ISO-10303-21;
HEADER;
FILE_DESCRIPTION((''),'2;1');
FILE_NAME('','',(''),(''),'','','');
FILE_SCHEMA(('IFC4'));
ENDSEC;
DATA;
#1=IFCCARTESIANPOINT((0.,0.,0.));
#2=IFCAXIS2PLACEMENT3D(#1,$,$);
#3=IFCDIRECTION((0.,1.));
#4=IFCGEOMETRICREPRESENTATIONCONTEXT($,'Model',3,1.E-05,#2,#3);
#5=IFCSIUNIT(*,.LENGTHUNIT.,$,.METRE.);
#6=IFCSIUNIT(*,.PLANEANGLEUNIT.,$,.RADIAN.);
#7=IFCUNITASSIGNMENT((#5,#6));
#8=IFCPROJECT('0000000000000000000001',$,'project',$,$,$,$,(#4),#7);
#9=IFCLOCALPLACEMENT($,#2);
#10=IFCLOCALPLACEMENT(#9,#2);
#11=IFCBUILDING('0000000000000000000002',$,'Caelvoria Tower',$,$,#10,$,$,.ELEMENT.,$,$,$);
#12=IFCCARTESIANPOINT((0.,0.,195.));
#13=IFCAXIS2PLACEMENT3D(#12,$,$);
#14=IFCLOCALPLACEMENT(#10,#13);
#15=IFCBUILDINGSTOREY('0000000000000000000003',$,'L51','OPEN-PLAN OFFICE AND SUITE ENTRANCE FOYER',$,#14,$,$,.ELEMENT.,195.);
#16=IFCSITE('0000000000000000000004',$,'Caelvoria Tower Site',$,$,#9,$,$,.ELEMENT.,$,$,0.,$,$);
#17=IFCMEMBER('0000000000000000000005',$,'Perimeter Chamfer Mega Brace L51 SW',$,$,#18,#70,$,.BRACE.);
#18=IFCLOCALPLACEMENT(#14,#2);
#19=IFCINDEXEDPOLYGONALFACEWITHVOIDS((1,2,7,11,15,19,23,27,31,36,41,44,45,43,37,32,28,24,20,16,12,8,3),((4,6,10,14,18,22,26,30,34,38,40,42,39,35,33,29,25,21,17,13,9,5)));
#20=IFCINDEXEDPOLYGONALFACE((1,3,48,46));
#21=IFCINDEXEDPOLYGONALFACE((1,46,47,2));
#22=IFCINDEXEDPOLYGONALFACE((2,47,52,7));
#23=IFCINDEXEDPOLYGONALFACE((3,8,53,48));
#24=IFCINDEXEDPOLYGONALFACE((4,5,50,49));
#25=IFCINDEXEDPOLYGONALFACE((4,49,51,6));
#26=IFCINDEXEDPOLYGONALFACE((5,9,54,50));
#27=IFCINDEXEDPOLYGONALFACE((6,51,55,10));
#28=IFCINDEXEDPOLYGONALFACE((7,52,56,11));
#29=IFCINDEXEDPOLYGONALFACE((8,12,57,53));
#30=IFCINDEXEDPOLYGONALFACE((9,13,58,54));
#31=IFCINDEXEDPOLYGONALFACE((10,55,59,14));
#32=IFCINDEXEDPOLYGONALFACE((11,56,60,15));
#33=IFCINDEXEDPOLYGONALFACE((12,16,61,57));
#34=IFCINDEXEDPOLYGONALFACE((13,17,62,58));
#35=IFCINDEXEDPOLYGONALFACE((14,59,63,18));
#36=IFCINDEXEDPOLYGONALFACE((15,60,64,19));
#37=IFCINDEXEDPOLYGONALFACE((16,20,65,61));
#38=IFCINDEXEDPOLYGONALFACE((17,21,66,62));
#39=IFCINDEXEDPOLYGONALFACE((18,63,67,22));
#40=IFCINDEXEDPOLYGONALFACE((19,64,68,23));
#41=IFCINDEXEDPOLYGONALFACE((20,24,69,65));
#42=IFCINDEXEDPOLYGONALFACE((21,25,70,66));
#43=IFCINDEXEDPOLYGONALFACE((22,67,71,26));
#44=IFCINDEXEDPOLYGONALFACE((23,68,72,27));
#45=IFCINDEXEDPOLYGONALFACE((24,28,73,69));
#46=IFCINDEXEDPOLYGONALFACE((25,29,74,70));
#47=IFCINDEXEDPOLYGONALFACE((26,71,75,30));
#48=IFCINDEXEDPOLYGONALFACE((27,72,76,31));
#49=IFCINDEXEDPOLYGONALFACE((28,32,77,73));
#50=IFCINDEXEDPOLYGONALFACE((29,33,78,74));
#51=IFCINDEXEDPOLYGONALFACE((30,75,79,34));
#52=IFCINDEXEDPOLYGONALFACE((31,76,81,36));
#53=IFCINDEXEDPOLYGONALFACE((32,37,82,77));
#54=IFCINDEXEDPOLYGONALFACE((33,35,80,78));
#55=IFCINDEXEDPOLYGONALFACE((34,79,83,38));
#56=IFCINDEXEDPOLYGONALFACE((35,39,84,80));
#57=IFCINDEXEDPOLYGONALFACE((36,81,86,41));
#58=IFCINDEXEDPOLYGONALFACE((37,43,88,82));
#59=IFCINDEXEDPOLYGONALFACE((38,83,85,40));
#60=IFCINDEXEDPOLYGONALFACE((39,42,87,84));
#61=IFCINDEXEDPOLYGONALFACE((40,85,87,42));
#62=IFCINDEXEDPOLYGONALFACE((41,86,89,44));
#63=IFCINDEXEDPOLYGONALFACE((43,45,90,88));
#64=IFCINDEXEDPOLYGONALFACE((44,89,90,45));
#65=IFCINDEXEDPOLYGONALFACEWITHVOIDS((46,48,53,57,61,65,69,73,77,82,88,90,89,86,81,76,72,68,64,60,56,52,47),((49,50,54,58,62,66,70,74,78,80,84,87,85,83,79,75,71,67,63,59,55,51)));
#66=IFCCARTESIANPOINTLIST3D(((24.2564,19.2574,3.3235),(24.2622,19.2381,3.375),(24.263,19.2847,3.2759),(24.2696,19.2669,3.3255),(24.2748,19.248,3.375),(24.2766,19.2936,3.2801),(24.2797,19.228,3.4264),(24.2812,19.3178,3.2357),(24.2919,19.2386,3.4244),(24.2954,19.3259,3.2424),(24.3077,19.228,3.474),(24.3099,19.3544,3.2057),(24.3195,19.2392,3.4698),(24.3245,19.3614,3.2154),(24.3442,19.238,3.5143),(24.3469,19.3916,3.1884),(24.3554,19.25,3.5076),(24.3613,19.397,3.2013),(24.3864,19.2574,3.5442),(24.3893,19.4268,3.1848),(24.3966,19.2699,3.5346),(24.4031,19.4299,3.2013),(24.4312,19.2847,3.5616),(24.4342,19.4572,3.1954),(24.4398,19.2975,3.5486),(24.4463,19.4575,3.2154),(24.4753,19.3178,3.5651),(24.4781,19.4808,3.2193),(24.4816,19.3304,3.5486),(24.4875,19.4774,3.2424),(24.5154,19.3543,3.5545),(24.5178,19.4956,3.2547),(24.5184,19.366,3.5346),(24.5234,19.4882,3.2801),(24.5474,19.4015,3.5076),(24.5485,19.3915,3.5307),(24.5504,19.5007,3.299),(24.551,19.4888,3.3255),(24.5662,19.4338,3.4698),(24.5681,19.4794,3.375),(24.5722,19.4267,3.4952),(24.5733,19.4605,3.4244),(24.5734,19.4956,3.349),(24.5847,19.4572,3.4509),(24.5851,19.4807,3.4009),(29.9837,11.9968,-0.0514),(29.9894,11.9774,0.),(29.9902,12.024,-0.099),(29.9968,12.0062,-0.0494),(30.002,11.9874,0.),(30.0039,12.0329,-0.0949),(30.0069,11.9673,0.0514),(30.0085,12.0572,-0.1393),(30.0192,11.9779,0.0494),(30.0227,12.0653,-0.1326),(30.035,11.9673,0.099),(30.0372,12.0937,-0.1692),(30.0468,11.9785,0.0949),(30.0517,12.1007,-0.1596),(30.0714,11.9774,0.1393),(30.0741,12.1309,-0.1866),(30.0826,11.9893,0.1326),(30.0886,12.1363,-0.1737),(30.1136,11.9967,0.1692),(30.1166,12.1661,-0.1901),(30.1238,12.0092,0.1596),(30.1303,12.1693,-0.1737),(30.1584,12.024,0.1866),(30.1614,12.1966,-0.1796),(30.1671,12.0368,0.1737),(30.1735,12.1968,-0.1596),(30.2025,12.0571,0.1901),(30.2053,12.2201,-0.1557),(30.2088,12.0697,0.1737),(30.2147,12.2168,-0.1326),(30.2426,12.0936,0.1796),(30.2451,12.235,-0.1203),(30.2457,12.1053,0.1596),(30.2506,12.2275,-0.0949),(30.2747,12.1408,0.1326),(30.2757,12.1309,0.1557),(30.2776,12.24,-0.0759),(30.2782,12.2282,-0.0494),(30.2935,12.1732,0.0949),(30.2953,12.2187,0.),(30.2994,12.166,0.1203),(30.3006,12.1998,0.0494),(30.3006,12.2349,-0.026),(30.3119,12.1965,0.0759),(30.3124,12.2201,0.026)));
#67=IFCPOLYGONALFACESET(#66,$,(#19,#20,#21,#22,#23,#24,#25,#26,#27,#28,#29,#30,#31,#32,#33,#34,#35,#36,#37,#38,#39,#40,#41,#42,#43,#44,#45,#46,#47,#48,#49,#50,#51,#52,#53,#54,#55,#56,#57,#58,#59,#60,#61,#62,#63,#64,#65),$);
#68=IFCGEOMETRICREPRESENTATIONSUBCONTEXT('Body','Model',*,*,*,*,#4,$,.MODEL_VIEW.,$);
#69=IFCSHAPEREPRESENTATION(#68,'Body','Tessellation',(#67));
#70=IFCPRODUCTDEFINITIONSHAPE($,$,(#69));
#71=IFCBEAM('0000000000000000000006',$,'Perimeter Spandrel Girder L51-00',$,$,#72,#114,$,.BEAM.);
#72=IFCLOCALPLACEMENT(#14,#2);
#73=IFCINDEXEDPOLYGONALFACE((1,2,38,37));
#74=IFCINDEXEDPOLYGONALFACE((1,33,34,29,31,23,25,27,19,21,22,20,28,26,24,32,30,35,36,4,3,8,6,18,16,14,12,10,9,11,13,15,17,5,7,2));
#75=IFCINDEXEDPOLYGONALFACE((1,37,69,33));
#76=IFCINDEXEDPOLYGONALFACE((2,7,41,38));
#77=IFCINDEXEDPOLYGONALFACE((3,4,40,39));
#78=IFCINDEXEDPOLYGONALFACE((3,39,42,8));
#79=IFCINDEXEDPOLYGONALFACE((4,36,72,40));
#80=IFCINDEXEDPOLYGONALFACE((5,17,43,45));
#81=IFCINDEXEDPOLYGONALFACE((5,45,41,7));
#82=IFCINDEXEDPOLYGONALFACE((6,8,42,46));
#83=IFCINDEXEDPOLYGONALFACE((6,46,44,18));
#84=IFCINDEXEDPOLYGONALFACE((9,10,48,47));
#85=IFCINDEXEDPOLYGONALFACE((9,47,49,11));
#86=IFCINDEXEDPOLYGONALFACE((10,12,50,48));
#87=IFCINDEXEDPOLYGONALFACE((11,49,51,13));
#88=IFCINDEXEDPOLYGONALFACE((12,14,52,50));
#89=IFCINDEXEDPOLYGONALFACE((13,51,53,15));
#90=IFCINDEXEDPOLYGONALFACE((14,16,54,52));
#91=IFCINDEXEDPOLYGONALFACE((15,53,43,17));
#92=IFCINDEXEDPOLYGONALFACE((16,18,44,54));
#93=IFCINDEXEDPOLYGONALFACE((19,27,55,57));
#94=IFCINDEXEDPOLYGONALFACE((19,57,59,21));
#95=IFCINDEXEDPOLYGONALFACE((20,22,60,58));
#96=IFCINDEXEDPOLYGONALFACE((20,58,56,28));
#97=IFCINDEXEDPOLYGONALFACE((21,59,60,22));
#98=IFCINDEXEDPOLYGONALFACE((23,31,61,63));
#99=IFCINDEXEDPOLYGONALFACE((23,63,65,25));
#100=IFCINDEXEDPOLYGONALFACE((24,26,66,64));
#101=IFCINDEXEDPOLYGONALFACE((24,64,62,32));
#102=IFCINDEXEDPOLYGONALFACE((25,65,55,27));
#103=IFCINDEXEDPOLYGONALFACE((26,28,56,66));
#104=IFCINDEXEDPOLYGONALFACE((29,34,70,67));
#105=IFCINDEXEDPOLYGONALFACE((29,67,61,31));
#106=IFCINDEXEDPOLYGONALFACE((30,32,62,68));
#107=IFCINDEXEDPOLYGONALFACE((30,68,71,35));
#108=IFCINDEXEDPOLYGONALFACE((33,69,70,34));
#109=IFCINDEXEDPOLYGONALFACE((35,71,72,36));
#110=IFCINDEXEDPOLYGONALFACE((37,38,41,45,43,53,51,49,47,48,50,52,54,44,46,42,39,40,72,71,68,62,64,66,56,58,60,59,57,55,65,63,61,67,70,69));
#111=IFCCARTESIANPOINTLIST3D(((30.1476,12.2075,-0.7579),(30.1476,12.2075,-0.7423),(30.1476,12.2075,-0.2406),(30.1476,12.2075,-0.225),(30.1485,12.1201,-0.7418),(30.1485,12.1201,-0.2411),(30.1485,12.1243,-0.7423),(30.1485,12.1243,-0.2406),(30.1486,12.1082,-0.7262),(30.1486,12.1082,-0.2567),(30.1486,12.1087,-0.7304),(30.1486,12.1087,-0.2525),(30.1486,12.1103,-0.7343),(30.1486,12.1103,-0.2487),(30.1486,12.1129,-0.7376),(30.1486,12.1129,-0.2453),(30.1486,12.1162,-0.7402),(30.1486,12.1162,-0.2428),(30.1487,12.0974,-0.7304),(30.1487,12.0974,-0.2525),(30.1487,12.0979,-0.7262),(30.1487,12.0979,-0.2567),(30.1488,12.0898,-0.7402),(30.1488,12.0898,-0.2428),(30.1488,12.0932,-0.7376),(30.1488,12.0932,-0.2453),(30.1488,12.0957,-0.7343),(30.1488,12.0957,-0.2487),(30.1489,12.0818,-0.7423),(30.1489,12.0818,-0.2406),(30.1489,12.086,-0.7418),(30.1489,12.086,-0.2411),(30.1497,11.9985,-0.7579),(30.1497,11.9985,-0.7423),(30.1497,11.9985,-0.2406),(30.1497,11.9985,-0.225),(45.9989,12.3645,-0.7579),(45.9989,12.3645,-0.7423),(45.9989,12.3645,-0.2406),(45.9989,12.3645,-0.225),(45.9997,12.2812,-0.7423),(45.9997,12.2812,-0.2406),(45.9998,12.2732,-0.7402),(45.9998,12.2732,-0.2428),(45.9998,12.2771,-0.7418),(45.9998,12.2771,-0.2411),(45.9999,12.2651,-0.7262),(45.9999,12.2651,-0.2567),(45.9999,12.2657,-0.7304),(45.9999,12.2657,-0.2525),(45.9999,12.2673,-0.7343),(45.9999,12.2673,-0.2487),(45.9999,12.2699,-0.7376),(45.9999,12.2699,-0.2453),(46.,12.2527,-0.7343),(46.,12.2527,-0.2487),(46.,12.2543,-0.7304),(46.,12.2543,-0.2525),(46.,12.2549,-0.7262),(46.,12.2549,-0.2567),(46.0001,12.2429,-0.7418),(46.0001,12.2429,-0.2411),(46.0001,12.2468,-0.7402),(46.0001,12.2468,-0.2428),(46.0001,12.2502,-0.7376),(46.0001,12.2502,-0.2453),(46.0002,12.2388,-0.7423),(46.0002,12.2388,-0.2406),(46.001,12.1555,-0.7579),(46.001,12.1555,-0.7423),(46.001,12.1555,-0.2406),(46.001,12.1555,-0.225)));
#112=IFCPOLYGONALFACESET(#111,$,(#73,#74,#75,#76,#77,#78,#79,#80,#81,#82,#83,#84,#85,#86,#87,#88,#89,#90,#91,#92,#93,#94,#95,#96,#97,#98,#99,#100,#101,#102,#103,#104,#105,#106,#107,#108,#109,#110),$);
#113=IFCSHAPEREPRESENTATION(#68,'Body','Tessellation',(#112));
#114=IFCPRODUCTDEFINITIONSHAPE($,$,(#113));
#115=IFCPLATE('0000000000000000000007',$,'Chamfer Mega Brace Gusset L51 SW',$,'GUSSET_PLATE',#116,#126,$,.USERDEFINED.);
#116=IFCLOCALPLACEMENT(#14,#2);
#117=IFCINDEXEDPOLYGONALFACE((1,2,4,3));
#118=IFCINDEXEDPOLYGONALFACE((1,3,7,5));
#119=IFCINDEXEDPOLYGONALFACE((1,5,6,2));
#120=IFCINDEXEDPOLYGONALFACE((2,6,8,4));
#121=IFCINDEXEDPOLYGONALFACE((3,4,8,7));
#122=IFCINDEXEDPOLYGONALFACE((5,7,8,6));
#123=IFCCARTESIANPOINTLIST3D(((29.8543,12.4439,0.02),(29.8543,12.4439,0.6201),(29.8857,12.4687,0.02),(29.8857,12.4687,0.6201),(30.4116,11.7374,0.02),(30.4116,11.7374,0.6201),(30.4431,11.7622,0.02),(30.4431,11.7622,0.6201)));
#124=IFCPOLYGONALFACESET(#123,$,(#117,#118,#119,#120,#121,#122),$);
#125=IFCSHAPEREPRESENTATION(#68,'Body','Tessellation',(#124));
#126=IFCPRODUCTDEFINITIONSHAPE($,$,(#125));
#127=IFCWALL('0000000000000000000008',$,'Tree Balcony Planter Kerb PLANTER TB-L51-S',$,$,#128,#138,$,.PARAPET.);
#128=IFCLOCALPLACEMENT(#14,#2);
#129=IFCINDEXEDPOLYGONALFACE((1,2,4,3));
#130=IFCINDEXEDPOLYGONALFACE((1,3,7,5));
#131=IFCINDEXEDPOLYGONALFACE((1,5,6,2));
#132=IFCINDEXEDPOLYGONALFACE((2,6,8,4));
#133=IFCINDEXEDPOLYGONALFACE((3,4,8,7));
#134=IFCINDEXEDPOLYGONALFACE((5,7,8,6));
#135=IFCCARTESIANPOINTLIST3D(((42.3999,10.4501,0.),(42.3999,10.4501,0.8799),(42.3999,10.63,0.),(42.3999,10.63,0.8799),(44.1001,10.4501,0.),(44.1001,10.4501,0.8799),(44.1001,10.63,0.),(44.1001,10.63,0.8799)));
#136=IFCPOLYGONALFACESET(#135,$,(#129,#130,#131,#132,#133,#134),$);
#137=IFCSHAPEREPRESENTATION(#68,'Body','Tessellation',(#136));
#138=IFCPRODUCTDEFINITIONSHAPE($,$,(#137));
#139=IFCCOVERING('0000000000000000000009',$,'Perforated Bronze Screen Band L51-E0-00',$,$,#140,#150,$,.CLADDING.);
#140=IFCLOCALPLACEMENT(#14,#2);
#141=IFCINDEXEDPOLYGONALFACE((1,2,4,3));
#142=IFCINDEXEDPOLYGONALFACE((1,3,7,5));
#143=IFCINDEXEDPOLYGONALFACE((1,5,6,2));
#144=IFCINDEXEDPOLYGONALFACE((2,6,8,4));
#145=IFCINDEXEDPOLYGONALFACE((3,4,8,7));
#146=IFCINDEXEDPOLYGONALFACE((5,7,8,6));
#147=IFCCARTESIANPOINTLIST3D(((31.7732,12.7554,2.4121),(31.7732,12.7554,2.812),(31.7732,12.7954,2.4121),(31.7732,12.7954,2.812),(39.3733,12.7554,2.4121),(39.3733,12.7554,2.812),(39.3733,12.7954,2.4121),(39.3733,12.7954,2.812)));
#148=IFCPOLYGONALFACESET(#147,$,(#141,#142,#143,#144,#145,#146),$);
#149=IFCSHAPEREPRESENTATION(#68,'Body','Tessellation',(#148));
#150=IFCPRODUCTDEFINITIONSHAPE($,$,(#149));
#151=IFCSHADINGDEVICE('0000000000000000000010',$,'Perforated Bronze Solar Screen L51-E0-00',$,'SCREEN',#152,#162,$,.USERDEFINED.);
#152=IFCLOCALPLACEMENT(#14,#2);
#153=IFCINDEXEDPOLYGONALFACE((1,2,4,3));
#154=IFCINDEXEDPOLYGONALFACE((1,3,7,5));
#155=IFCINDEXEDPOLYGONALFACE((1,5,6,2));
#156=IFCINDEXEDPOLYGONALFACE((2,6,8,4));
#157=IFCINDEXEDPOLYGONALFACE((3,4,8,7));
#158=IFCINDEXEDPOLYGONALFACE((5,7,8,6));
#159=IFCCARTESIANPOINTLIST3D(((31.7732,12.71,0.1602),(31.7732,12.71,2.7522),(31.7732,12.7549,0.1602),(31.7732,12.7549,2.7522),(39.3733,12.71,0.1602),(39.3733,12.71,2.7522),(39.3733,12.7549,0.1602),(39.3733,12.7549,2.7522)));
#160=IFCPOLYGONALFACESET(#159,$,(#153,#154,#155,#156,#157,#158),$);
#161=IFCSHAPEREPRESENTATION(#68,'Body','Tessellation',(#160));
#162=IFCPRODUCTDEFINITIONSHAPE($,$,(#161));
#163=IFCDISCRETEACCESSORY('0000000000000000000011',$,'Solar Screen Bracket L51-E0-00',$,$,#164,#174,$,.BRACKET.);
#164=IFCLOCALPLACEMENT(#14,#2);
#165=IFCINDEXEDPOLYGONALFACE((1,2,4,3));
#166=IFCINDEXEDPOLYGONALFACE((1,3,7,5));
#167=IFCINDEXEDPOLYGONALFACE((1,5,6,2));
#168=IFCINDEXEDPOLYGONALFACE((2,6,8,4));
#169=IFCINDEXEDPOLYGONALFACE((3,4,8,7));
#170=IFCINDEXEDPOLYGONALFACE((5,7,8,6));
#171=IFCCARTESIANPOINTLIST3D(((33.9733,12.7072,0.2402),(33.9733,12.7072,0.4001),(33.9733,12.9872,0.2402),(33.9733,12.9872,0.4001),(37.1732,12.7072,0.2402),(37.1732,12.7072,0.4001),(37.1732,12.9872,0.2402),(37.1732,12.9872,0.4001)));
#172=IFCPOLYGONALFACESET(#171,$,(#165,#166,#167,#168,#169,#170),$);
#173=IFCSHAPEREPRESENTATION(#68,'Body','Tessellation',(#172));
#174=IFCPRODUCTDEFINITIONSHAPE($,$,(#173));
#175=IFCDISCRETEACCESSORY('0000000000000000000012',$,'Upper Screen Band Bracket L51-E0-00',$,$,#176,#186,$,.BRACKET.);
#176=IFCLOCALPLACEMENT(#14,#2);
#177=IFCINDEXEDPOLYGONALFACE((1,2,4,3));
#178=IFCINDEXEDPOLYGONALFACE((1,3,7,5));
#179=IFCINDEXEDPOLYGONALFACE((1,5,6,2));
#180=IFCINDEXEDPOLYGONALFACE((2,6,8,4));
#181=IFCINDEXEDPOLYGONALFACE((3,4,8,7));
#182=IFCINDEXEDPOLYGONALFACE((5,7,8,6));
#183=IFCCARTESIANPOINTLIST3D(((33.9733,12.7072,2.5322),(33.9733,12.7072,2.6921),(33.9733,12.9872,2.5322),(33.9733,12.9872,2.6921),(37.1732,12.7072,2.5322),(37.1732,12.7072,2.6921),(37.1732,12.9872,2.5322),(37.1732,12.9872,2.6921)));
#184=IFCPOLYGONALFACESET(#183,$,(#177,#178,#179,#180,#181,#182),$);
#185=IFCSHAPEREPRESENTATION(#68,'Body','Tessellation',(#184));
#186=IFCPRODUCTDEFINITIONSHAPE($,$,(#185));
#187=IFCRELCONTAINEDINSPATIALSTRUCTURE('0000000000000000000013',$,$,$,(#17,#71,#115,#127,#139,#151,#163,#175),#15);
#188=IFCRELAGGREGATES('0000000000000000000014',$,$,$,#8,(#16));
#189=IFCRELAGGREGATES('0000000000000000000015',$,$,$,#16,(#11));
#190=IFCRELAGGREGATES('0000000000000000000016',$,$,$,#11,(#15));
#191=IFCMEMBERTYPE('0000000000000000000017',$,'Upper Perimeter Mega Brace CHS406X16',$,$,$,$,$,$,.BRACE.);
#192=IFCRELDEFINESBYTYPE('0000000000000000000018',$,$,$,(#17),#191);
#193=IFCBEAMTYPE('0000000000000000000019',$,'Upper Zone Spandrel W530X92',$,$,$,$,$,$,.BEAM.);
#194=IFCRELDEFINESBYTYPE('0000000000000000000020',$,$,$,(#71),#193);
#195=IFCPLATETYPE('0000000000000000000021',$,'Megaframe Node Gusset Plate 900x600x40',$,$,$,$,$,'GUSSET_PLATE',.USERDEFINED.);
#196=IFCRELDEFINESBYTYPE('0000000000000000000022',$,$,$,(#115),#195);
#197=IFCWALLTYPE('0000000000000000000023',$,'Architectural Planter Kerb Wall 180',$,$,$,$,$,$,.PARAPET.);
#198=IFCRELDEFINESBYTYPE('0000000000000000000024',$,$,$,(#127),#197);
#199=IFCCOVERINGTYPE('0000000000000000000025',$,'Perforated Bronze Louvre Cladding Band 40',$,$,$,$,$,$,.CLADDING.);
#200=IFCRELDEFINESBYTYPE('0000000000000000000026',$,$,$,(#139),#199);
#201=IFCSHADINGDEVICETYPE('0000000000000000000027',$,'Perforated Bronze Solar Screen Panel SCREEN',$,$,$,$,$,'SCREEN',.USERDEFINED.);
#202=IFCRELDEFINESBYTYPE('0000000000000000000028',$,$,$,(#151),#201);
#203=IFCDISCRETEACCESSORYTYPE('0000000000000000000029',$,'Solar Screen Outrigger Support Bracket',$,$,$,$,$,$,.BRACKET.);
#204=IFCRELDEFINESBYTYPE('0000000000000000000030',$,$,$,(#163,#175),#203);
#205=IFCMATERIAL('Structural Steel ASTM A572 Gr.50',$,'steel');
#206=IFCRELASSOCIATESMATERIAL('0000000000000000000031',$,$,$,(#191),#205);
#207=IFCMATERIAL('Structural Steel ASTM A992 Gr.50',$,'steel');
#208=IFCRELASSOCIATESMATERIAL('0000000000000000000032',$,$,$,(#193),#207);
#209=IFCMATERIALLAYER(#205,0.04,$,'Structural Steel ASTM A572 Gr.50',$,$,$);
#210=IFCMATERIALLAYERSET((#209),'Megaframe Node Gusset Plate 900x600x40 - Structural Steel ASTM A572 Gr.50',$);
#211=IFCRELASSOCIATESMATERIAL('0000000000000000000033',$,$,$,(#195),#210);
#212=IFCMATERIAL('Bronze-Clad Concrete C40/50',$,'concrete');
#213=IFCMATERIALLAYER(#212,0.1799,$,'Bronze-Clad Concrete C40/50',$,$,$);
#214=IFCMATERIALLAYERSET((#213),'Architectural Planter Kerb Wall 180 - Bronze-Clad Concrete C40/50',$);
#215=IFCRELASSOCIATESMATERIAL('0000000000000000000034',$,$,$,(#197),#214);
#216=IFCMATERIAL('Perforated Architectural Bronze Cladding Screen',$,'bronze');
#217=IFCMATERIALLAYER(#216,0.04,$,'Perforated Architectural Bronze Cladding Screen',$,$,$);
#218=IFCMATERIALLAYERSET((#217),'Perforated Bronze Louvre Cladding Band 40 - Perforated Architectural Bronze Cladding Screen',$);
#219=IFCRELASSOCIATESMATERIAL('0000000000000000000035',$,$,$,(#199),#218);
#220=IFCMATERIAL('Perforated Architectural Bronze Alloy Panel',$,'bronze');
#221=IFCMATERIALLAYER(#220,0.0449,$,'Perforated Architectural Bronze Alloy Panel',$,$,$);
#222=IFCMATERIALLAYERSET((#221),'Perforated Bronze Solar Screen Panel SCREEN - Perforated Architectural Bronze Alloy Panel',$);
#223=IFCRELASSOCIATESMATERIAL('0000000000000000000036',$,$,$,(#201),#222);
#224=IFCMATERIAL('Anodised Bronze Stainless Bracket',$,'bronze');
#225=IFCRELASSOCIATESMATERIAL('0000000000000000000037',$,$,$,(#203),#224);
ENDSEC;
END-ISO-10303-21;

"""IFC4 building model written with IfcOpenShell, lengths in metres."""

from ifc_helpers import new_model, si_unit, direction, frame, frame_2d, origin, origin_2d, place, context, subcontext, project, spatial, rectangle, hollow_circle, i_section, extrude, material, layer, layer_set, material_profile, profile_set, type_object, element, save


model = new_model("IFC4")

# Units and contexts
model_context = context("Model", 3, precision=1e-05, world=origin(), true_north=direction((0.0, 1.0)))
body_context = subcontext(model_context, "Body", "Model", "MODEL_VIEW")
ifc_project = project(units=[si_unit("LENGTHUNIT", "METRE"), si_unit("PLANEANGLEUNIT", "RADIAN")], contexts=[model_context])

# Site, building, storey
site_placement = place(None, origin())
site = spatial("IfcSite", under=ifc_project, at=site_placement, Name="Caelvoria Tower Site", CompositionType="ELEMENT", RefElevation=0.0)
building_placement = place(site_placement, origin())
building = spatial("IfcBuilding", under=site, at=building_placement, Name="Caelvoria Tower", CompositionType="ELEMENT")
storey_placement = place(building_placement, frame((0.0, 0.0, 195.0)))
storey = spatial("IfcBuildingStorey", under=building, at=storey_placement, Name="L51", Description="OPEN-PLAN OFFICE AND SUITE ENTRANCE FOYER", CompositionType="ELEMENT", Elevation=195.0)

# Shared definitions
ifc_material_1 = material(Name="Structural Steel ASTM A992 Gr.50", Category="steel")

# Member
ifc_material_2 = material(Name="Structural Steel ASTM A572 Gr.50", Category="steel")
ifc_material_profile_1 = material_profile(ifc_material_2, hollow_circle(Radius=0.2029, WallThickness=0.0161, at=origin_2d()), Name="Structural Steel ASTM A572 Gr.50")
ifc_profile_set_1 = profile_set([ifc_material_profile_1], Name="CHS406X16 - Structural Steel ASTM A572 Gr.50")
member_type = type_object("IfcMemberType", Name="Upper Perimeter Mega Brace CHS406X16", PredefinedType="BRACE", material=ifc_profile_set_1)
member_placement = place(storey_placement, frame((30.1487, 12.103, 0.0), z_axis=(-0.581786, 0.737555, 0.342837), x_axis=(-0.785139, -0.61932, 0.0)))
element("IfcMember", 1, at=member_placement, inside=storey, type_object=member_type, Name="Perimeter Chamfer Mega Brace L51 SW", PredefinedType="BRACE", context=body_context, shape_type="SweptSolid", body=[
    extrude(hollow_circle(Radius=0.2029, WallThickness=0.0161, at=origin_2d()), origin(), (0.0, 0.0, 1.0), 9.8442),
])

# Beam
ifc_material_profile_2 = material_profile(ifc_material_1, i_section(OverallWidth=0.209, OverallDepth=0.533, WebThickness=0.0103, FlangeThickness=0.0156, FilletRadius=0.0161, at=origin_2d()), Name="Structural Steel ASTM A992 Gr.50")
ifc_profile_set_2 = profile_set([ifc_material_profile_2], Name="W530X92 - Structural Steel ASTM A992 Gr.50")
beam_type_1 = type_object("IfcBeamType", Name="Upper Zone Spandrel W530X92", PredefinedType="BEAM", material=ifc_profile_set_2)
beam_1_placement = place(storey_placement, frame((30.1487, 12.103, -0.4915), z_axis=(0.999951, 0.009903, 0.0), x_axis=(-0.009903, 0.999951, 0.0)))
element("IfcBeam", 2, at=beam_1_placement, inside=storey, type_object=beam_type_1, Name="Perimeter Spandrel Girder L51-00", PredefinedType="BEAM", context=body_context, shape_type="SweptSolid", body=[
    extrude(i_section(OverallWidth=0.209, OverallDepth=0.533, WebThickness=0.0103, FlangeThickness=0.0156, FilletRadius=0.0161, at=origin_2d()), origin(), (0.0, 0.0, 1.0), 15.8521),
])

# Plate
ifc_layer_1 = layer(ifc_material_2, 0.04, Name="Structural Steel ASTM A572 Gr.50")
ifc_layer_set_1 = layer_set([ifc_layer_1], Name="Megaframe Node Gusset Plate 900x600x40 - Structural Steel ASTM A572 Gr.50")
plate_type = type_object("IfcPlateType", Name="Megaframe Node Gusset Plate 900x600x40", ElementType="GUSSET_PLATE", PredefinedType="USERDEFINED", material=ifc_layer_set_1)
plate_placement = place(storey_placement, frame((30.1487, 12.103, 0.02), z_axis=(0.0, 0.0, 1.0), x_axis=(-0.619323, 0.785136, 0.0)))
element("IfcPlate", 3, at=plate_placement, inside=storey, type_object=plate_type, Name="Chamfer Mega Brace Gusset L51 SW", ObjectType="GUSSET_PLATE", PredefinedType="USERDEFINED", context=body_context, shape_type="SweptSolid", body=[
    extrude(rectangle(XDim=0.8999, YDim=0.04, at=origin_2d()), origin(), (0.0, 0.0, 1.0), 0.6001),
])

# Wall
ifc_material_3 = material(Name="Bronze-Clad Concrete C40/50", Category="concrete")
ifc_layer_2 = layer(ifc_material_3, 0.1799, Name="Bronze-Clad Concrete C40/50")
ifc_layer_set_2 = layer_set([ifc_layer_2], Name="Architectural Planter Kerb Wall 180 - Bronze-Clad Concrete C40/50")
wall_type = type_object("IfcWallType", Name="Architectural Planter Kerb Wall 180", PredefinedType="PARAPET", material=ifc_layer_set_2)
wall_placement = place(storey_placement, frame((42.3999, 10.54, 0.0), z_axis=(0.0, 0.0, 1.0), x_axis=(1.0, 0.0, 0.0)))
element("IfcWall", 4, at=wall_placement, inside=storey, type_object=wall_type, Name="Tree Balcony Planter Kerb PLANTER TB-L51-S", PredefinedType="PARAPET", context=body_context, shape_type="SweptSolid", body=[
    extrude(rectangle(XDim=1.7002, YDim=0.1799, at=frame_2d((0.8501, 0.0))), origin(), (0.0, 0.0, 1.0), 0.8799),
])

# Covering
ifc_material_4 = material(Name="Perforated Architectural Bronze Cladding Screen", Category="bronze")
ifc_layer_3 = layer(ifc_material_4, 0.04, Name="Perforated Architectural Bronze Cladding Screen")
ifc_layer_set_3 = layer_set([ifc_layer_3], Name="Perforated Bronze Louvre Cladding Band 40 - Perforated Architectural Bronze Cladding Screen")
covering_type = type_object("IfcCoveringType", Name="Perforated Bronze Louvre Cladding Band 40", PredefinedType="CLADDING", material=ifc_layer_set_3)
covering_placement = place(storey_placement, frame((35.5732, 12.7754, 2.4121), z_axis=(0.0, 0.0, 1.0), x_axis=(1.0, 0.0, 0.0)))
element("IfcCovering", 5, at=covering_placement, inside=storey, type_object=covering_type, Name="Perforated Bronze Screen Band L51-E0-00", PredefinedType="CLADDING", context=body_context, shape_type="SweptSolid", body=[
    extrude(rectangle(XDim=7.6001, YDim=0.04, at=origin_2d()), origin(), (0.0, 0.0, 1.0), 0.3999),
])

# Shading device
ifc_material_5 = material(Name="Perforated Architectural Bronze Alloy Panel", Category="bronze")
ifc_layer_4 = layer(ifc_material_5, 0.0449, Name="Perforated Architectural Bronze Alloy Panel")
ifc_layer_set_4 = layer_set([ifc_layer_4], Name="Perforated Bronze Solar Screen Panel SCREEN - Perforated Architectural Bronze Alloy Panel")
shading_device_type = type_object("IfcShadingDeviceType", Name="Perforated Bronze Solar Screen Panel SCREEN", ElementType="SCREEN", PredefinedType="USERDEFINED", material=ifc_layer_set_4)
shading_device_placement = place(storey_placement, frame((35.5732, 12.7324, 0.1602), z_axis=(0.0, 0.0, 1.0), x_axis=(1.0, 0.0, 0.0)))
element("IfcShadingDevice", 6, at=shading_device_placement, inside=storey, type_object=shading_device_type, Name="Perforated Bronze Solar Screen L51-E0-00", ObjectType="SCREEN", PredefinedType="USERDEFINED", context=body_context, shape_type="SweptSolid", body=[
    extrude(rectangle(XDim=7.6001, YDim=0.0449, at=origin_2d()), origin(), (0.0, 0.0, 1.0), 2.592),
])

# Discrete accessories
ifc_material_6 = material(Name="Anodised Bronze Stainless Bracket", Category="bronze")
discrete_accessory_type = type_object("IfcDiscreteAccessoryType", Name="Solar Screen Outrigger Support Bracket", PredefinedType="BRACKET", material=ifc_material_6)
for number, where, z_axis, x_axis, name in (
    (7, (35.5732, 12.8472, 0.2402), (0.0, 0.0, 1.0), (1.0, 0.0, 0.0), "Solar Screen Bracket L51-E0-00"),
    (8, (35.5732, 12.8472, 2.5322), (0.0, 0.0, 1.0), (1.0, 0.0, 0.0), "Upper Screen Band Bracket L51-E0-00"),
):
    element("IfcDiscreteAccessory", number, at=place(storey_placement, frame(where, z_axis=z_axis, x_axis=x_axis)), inside=storey, type_object=discrete_accessory_type, Name=name, PredefinedType="BRACKET", context=body_context, shape_type="SweptSolid", body=[
        extrude(rectangle(XDim=3.2, YDim=0.28, at=origin_2d()), origin(), (0.0, 0.0, 1.0), 0.1599),
    ])

save(model, "model.ifc")
